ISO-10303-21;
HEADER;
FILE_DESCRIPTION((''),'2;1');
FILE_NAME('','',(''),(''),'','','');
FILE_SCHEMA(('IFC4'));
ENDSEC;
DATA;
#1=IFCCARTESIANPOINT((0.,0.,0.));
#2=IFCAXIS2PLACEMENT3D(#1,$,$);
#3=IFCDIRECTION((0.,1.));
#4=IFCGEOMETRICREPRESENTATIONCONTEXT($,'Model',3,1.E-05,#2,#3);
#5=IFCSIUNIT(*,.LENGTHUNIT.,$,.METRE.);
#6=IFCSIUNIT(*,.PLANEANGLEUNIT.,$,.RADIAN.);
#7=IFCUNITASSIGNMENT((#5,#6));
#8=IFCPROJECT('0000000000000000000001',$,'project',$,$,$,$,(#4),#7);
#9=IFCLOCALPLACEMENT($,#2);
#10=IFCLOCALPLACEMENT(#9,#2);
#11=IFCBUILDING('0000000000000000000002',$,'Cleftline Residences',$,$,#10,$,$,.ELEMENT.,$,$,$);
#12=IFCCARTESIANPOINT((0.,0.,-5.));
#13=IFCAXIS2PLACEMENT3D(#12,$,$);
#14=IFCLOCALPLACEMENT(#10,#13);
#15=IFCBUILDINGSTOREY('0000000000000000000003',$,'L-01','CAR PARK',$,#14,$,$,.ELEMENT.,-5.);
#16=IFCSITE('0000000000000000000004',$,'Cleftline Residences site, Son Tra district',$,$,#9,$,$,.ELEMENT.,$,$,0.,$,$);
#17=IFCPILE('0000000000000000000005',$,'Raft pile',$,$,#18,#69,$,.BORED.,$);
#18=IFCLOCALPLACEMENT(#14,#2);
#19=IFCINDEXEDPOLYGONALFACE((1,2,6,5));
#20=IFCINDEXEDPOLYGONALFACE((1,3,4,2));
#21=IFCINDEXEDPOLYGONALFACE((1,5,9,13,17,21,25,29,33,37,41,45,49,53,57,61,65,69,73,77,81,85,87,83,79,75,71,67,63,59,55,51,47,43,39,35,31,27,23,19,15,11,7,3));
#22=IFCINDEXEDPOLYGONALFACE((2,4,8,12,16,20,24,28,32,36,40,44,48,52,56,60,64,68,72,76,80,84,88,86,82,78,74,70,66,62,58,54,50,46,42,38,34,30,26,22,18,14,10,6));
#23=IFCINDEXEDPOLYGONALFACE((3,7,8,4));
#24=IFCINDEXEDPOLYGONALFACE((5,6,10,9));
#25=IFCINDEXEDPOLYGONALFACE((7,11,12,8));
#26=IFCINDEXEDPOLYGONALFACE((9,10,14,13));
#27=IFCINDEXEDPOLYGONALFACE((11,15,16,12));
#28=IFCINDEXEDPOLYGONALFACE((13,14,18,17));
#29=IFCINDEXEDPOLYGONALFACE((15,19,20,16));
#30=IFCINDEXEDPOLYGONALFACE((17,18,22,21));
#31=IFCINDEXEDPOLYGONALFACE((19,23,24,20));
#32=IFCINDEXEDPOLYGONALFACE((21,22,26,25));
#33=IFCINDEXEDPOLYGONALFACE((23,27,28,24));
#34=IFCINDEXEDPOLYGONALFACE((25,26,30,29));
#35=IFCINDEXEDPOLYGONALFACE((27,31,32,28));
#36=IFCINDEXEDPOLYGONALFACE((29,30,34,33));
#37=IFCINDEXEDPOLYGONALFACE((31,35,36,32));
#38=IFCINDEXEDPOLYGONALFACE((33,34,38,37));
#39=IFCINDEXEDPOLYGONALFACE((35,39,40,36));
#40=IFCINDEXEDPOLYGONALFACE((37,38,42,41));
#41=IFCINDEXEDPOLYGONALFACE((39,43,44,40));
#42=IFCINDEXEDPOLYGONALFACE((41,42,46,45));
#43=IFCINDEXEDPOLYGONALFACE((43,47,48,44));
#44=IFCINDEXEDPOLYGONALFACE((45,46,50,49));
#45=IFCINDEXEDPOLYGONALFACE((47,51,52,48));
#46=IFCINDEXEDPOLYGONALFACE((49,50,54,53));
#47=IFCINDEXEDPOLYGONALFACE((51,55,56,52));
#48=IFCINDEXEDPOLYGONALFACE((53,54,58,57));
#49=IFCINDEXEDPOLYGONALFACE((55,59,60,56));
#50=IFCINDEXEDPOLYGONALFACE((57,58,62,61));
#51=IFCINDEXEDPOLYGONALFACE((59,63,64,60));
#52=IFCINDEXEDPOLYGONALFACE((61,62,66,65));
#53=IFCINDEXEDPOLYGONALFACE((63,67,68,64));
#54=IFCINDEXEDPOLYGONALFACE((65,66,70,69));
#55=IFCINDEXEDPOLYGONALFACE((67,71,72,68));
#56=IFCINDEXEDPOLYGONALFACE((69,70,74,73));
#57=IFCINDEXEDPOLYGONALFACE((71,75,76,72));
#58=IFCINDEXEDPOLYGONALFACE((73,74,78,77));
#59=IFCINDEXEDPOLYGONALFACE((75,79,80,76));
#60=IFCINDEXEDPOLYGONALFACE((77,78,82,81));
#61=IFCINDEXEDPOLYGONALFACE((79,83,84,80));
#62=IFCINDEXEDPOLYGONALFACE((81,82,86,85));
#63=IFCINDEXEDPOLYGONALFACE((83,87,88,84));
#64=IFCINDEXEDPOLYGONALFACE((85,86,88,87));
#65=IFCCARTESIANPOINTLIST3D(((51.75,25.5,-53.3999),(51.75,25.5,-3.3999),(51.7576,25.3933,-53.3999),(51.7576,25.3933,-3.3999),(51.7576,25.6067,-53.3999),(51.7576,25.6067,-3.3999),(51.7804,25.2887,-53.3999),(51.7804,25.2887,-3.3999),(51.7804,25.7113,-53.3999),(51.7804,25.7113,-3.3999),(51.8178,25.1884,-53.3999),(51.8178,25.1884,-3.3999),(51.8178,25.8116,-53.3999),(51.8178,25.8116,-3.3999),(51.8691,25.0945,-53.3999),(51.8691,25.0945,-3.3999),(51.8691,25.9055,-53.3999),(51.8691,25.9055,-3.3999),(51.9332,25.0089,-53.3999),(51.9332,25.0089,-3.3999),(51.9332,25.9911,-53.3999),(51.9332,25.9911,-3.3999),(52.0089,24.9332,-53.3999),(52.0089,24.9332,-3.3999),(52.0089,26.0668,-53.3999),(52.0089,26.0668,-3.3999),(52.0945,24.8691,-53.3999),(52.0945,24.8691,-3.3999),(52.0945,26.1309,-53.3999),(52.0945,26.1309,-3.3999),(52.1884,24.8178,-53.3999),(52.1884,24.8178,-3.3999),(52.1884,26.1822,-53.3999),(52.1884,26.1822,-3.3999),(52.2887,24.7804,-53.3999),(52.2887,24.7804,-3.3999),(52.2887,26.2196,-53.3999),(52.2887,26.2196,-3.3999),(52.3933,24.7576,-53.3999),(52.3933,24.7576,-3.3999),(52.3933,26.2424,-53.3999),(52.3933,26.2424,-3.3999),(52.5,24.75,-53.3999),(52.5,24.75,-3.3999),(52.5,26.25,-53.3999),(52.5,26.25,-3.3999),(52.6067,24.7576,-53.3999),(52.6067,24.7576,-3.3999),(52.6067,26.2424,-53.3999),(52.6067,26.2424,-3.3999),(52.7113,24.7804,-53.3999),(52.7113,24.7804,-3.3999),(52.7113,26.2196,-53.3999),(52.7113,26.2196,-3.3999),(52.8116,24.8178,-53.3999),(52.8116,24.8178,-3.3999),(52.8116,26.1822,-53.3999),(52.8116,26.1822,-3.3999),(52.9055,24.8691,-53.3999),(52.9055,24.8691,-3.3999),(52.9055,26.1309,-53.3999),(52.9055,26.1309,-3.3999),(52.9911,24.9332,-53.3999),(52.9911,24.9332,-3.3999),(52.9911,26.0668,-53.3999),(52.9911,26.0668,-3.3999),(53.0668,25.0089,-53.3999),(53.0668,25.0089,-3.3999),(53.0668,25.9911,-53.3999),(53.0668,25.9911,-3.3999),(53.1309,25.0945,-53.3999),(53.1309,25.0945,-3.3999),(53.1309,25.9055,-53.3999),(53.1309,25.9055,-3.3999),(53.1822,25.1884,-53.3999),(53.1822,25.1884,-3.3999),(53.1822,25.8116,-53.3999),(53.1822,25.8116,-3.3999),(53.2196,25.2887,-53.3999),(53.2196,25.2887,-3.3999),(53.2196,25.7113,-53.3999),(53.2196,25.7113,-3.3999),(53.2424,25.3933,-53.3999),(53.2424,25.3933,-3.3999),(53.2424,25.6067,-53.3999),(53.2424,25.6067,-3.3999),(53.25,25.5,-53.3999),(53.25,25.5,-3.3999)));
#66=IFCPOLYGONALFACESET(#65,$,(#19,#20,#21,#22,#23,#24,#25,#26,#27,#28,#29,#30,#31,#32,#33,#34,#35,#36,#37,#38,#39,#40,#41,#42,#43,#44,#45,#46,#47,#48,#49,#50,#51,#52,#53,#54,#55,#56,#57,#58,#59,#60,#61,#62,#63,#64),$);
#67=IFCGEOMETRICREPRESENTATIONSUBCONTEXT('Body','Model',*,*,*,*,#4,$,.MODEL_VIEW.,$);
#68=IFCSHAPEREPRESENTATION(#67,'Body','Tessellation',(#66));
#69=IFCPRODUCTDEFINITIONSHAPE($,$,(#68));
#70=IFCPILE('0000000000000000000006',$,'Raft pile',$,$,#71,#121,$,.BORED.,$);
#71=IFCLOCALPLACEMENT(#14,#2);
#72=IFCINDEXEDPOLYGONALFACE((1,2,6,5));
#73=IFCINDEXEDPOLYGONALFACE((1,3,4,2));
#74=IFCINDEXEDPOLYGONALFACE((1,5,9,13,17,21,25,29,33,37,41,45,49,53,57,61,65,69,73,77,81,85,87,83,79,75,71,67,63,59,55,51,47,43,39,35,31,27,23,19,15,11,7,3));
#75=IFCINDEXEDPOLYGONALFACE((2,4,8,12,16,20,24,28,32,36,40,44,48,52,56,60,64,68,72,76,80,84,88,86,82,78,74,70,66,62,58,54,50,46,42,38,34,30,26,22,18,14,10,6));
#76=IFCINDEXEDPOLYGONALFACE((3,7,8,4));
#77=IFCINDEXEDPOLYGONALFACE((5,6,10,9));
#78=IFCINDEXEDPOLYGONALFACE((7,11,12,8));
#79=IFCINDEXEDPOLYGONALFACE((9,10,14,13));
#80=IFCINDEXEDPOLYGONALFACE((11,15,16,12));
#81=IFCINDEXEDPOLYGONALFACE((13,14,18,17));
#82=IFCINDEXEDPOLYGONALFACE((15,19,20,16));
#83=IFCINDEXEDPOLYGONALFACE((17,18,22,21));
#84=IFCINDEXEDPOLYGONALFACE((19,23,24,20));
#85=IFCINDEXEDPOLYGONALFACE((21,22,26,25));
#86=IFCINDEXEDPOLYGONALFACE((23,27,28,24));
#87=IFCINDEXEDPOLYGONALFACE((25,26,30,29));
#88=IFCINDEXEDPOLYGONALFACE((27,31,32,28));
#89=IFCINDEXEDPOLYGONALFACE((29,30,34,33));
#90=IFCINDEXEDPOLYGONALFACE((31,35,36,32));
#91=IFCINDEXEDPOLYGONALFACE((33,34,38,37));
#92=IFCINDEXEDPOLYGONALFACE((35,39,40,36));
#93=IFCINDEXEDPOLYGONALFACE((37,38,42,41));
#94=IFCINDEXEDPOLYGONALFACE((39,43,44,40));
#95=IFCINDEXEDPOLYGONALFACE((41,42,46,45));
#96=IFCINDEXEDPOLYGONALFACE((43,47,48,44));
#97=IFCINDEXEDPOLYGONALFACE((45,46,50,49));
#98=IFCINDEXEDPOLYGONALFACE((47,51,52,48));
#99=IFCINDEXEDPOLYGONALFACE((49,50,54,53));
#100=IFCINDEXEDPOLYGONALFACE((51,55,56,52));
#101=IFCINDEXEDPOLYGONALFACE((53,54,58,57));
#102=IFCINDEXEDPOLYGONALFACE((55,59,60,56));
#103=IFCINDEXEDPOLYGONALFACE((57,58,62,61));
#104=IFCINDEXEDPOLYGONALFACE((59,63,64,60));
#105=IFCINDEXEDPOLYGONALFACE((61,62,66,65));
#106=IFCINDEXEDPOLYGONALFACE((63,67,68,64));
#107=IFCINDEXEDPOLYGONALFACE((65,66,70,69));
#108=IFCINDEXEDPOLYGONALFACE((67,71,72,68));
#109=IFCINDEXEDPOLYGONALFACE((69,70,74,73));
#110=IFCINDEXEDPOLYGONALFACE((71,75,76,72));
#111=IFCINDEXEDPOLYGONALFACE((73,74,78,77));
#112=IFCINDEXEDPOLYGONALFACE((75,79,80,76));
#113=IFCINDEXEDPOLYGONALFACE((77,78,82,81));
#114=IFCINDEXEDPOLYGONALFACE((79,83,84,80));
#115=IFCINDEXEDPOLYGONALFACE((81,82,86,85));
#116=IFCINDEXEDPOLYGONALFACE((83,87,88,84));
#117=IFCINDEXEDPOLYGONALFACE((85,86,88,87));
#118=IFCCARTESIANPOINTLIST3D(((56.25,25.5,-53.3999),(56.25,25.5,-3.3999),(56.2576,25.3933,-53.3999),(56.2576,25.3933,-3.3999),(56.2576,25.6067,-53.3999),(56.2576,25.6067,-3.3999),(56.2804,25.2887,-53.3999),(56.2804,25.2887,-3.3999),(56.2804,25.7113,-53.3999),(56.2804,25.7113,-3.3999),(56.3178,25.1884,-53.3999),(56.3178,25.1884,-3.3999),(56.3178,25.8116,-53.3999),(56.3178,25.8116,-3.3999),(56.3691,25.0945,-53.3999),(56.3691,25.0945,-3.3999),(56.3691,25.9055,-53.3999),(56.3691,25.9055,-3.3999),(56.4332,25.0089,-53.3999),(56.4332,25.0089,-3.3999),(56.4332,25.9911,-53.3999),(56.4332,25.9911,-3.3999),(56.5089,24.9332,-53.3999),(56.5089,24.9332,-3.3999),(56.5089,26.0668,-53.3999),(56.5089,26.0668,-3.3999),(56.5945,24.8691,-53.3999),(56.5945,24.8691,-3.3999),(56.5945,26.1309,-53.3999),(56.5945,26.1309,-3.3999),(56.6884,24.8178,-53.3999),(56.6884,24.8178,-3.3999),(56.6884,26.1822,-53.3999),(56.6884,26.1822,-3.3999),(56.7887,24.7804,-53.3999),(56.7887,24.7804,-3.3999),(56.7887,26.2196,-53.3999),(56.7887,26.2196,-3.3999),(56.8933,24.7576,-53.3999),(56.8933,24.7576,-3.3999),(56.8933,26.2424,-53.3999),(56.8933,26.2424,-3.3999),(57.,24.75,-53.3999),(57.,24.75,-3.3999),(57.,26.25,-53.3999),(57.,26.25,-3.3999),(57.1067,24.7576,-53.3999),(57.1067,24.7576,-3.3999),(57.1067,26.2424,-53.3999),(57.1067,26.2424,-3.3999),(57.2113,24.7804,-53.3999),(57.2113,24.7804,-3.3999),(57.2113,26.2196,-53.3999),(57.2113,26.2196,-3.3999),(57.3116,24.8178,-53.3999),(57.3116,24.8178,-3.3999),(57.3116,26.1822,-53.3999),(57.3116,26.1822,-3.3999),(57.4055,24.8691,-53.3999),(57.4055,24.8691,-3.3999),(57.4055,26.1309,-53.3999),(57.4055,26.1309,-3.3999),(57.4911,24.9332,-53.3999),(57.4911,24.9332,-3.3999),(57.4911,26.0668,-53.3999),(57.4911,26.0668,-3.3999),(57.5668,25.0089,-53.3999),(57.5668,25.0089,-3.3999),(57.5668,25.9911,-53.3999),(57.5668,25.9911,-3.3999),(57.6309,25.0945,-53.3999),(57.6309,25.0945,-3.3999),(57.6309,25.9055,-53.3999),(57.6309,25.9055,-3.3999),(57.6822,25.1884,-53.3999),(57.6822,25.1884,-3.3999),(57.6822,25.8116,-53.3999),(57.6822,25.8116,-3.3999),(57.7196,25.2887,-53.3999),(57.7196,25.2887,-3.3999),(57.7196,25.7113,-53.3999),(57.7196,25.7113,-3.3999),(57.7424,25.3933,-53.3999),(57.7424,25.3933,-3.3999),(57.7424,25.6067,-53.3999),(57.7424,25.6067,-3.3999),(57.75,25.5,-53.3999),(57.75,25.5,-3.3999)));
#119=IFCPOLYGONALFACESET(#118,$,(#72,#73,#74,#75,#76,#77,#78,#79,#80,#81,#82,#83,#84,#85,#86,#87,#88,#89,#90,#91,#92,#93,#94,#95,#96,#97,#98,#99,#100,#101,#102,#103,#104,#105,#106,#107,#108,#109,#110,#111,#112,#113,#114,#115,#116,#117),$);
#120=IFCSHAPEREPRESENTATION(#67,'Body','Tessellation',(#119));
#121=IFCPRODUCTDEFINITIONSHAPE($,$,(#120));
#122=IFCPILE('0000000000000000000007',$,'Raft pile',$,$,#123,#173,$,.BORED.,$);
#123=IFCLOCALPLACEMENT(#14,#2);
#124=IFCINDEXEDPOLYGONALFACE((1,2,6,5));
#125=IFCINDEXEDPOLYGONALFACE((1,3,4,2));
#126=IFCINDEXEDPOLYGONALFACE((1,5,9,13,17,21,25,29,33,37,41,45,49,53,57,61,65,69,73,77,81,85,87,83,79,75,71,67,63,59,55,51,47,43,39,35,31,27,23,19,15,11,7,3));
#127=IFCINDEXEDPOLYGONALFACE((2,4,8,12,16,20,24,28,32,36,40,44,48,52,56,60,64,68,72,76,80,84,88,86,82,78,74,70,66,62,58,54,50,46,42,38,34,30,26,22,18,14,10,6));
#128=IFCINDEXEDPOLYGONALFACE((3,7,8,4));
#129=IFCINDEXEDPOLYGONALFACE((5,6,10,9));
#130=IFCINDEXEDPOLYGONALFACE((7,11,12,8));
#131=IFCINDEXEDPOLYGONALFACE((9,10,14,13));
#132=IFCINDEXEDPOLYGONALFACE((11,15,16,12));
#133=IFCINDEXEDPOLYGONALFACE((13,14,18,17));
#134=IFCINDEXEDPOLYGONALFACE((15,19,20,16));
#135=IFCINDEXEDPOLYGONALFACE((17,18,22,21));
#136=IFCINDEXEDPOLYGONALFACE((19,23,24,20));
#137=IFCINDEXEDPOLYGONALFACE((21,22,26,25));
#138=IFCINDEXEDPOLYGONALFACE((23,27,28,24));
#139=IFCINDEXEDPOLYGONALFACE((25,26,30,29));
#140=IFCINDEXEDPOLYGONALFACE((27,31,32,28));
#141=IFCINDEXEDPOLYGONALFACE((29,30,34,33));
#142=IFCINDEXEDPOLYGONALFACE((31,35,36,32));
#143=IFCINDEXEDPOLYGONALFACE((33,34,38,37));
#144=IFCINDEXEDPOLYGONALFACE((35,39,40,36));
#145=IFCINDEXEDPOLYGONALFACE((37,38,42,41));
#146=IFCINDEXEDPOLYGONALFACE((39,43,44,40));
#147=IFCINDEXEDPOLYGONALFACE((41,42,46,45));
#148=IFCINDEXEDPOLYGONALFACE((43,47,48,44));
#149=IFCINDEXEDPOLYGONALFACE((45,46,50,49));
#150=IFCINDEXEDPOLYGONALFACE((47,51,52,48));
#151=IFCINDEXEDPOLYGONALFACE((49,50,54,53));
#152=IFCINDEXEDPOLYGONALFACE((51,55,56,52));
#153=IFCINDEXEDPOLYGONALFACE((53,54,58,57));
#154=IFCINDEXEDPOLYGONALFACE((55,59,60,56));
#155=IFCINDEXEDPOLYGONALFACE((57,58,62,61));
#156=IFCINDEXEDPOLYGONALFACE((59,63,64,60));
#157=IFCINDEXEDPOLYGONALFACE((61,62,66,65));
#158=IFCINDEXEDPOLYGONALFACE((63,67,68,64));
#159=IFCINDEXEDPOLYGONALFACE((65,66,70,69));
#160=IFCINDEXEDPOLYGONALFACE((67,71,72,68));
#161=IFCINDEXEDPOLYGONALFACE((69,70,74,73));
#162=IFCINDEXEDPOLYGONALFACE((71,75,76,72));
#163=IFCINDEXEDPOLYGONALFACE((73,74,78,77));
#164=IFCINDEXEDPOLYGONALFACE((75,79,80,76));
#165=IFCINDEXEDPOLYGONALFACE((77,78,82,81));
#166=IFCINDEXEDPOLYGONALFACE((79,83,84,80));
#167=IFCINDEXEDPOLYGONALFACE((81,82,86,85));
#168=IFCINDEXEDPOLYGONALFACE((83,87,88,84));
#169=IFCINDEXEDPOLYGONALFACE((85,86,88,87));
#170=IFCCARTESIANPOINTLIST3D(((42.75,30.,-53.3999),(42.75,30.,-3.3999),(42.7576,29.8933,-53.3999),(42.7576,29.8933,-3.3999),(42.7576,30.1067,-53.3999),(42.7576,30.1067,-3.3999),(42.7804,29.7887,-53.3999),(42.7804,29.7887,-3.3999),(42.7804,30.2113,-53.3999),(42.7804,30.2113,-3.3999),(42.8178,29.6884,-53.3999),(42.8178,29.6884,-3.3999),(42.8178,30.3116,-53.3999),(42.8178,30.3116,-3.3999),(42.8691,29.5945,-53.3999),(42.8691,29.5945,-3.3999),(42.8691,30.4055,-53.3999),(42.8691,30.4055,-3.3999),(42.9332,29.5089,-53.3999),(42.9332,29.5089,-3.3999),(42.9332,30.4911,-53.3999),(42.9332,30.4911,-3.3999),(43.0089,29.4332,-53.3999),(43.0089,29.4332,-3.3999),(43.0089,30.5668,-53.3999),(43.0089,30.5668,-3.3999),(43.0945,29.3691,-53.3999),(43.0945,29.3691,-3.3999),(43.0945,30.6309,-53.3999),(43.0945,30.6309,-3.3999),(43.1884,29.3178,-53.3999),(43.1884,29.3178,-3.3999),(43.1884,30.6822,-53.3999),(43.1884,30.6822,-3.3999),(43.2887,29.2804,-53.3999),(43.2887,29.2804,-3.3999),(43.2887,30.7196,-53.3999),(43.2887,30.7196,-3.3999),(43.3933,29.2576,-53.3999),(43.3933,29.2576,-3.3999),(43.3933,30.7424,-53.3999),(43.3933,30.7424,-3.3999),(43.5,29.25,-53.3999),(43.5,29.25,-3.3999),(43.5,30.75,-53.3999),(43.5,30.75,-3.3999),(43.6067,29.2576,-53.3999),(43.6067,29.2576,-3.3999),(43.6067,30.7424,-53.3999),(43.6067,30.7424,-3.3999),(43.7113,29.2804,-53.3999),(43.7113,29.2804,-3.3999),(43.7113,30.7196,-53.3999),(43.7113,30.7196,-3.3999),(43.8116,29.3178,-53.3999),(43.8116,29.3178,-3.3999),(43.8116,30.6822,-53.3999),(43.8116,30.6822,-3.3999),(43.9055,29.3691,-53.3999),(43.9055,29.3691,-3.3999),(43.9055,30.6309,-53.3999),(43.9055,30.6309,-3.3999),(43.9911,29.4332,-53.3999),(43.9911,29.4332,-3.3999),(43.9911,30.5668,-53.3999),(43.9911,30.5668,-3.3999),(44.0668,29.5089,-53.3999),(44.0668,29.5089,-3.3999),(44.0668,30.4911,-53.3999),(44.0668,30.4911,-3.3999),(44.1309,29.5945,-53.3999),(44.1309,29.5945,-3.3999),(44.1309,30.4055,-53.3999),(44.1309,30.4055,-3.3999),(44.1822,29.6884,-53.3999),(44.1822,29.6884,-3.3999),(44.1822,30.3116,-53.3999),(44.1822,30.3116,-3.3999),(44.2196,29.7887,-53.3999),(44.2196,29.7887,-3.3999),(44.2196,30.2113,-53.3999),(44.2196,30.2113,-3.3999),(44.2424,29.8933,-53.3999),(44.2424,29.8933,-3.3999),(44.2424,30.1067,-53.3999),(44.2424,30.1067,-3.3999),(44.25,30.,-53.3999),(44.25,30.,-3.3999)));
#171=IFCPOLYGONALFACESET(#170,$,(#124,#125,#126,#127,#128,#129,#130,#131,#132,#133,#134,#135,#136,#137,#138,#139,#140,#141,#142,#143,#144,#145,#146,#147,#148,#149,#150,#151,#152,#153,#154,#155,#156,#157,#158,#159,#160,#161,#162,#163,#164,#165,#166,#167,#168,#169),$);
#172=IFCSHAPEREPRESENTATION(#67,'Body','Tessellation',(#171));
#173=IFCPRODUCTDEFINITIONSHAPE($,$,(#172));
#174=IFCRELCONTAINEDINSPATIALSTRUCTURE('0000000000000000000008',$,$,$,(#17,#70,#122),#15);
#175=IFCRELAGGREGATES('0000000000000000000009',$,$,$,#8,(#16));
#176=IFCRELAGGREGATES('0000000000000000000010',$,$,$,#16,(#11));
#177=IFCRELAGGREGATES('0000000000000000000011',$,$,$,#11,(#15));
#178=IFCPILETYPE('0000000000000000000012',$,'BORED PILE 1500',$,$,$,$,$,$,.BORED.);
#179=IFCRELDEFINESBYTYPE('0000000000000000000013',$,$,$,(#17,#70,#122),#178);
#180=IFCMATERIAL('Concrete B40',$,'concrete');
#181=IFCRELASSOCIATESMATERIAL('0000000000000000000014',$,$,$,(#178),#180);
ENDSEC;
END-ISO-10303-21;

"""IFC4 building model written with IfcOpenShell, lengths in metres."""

from ifc_helpers import new_model, si_unit, direction, frame, origin, origin_2d, place, context, subcontext, project, spatial, circle, extrude, material, material_profile, profile_set, type_object, element, save


model = new_model("IFC4")

# Units and contexts
model_context = context("Model", 3, precision=1e-05, world=origin(), true_north=direction((0.0, 1.0)))
body_context = subcontext(model_context, "Body", "Model", "MODEL_VIEW")
ifc_project = project(units=[si_unit("LENGTHUNIT", "METRE"), si_unit("PLANEANGLEUNIT", "RADIAN")], contexts=[model_context])

# Site, building, storey
site_placement = place(None, origin())
site = spatial("IfcSite", under=ifc_project, at=site_placement, Name="Cleftline Residences site, Son Tra district", CompositionType="ELEMENT", RefElevation=0.0)
building_placement = place(site_placement, origin())
building = spatial("IfcBuilding", under=site, at=building_placement, Name="Cleftline Residences", CompositionType="ELEMENT")
storey_placement = place(building_placement, frame((0.0, 0.0, -5.0)))
storey = spatial("IfcBuildingStorey", under=building, at=storey_placement, Name="L-01", Description="CAR PARK", CompositionType="ELEMENT", Elevation=-5.0)

# Piles
ifc_material_1 = material(Name="Concrete B40", Category="concrete")
ifc_material_profile_1 = material_profile(ifc_material_1, circle(Radius=0.75, at=origin_2d()))
ifc_profile_set_1 = profile_set([ifc_material_profile_1], Name="Concrete B40")
pile_type = type_object("IfcPileType", Name="BORED PILE 1500", PredefinedType="BORED", material=ifc_profile_set_1)
for number, where, z_axis, x_axis, name in (
    (1, (52.5, 25.5, -3.3999), (0.0, 0.0, -1.0), (1.0, 0.0, 0.0), "Raft pile"),
    (2, (57.0, 25.5, -3.3999), (0.0, 0.0, -1.0), (1.0, 0.0, 0.0), "Raft pile"),
    (3, (43.5, 30.0, -3.3999), (0.0, 0.0, -1.0), (1.0, 0.0, 0.0), "Raft pile"),
):
    element("IfcPile", number, at=place(storey_placement, frame(where, z_axis=z_axis, x_axis=x_axis)), inside=storey, type_object=pile_type, Name=name, PredefinedType="BORED", context=body_context, shape_type="SweptSolid", body=[
        extrude(circle(Radius=0.75, at=origin_2d()), origin(), (0.0, 0.0, 1.0), 50.0),
    ])

save(model, "model.ifc")
